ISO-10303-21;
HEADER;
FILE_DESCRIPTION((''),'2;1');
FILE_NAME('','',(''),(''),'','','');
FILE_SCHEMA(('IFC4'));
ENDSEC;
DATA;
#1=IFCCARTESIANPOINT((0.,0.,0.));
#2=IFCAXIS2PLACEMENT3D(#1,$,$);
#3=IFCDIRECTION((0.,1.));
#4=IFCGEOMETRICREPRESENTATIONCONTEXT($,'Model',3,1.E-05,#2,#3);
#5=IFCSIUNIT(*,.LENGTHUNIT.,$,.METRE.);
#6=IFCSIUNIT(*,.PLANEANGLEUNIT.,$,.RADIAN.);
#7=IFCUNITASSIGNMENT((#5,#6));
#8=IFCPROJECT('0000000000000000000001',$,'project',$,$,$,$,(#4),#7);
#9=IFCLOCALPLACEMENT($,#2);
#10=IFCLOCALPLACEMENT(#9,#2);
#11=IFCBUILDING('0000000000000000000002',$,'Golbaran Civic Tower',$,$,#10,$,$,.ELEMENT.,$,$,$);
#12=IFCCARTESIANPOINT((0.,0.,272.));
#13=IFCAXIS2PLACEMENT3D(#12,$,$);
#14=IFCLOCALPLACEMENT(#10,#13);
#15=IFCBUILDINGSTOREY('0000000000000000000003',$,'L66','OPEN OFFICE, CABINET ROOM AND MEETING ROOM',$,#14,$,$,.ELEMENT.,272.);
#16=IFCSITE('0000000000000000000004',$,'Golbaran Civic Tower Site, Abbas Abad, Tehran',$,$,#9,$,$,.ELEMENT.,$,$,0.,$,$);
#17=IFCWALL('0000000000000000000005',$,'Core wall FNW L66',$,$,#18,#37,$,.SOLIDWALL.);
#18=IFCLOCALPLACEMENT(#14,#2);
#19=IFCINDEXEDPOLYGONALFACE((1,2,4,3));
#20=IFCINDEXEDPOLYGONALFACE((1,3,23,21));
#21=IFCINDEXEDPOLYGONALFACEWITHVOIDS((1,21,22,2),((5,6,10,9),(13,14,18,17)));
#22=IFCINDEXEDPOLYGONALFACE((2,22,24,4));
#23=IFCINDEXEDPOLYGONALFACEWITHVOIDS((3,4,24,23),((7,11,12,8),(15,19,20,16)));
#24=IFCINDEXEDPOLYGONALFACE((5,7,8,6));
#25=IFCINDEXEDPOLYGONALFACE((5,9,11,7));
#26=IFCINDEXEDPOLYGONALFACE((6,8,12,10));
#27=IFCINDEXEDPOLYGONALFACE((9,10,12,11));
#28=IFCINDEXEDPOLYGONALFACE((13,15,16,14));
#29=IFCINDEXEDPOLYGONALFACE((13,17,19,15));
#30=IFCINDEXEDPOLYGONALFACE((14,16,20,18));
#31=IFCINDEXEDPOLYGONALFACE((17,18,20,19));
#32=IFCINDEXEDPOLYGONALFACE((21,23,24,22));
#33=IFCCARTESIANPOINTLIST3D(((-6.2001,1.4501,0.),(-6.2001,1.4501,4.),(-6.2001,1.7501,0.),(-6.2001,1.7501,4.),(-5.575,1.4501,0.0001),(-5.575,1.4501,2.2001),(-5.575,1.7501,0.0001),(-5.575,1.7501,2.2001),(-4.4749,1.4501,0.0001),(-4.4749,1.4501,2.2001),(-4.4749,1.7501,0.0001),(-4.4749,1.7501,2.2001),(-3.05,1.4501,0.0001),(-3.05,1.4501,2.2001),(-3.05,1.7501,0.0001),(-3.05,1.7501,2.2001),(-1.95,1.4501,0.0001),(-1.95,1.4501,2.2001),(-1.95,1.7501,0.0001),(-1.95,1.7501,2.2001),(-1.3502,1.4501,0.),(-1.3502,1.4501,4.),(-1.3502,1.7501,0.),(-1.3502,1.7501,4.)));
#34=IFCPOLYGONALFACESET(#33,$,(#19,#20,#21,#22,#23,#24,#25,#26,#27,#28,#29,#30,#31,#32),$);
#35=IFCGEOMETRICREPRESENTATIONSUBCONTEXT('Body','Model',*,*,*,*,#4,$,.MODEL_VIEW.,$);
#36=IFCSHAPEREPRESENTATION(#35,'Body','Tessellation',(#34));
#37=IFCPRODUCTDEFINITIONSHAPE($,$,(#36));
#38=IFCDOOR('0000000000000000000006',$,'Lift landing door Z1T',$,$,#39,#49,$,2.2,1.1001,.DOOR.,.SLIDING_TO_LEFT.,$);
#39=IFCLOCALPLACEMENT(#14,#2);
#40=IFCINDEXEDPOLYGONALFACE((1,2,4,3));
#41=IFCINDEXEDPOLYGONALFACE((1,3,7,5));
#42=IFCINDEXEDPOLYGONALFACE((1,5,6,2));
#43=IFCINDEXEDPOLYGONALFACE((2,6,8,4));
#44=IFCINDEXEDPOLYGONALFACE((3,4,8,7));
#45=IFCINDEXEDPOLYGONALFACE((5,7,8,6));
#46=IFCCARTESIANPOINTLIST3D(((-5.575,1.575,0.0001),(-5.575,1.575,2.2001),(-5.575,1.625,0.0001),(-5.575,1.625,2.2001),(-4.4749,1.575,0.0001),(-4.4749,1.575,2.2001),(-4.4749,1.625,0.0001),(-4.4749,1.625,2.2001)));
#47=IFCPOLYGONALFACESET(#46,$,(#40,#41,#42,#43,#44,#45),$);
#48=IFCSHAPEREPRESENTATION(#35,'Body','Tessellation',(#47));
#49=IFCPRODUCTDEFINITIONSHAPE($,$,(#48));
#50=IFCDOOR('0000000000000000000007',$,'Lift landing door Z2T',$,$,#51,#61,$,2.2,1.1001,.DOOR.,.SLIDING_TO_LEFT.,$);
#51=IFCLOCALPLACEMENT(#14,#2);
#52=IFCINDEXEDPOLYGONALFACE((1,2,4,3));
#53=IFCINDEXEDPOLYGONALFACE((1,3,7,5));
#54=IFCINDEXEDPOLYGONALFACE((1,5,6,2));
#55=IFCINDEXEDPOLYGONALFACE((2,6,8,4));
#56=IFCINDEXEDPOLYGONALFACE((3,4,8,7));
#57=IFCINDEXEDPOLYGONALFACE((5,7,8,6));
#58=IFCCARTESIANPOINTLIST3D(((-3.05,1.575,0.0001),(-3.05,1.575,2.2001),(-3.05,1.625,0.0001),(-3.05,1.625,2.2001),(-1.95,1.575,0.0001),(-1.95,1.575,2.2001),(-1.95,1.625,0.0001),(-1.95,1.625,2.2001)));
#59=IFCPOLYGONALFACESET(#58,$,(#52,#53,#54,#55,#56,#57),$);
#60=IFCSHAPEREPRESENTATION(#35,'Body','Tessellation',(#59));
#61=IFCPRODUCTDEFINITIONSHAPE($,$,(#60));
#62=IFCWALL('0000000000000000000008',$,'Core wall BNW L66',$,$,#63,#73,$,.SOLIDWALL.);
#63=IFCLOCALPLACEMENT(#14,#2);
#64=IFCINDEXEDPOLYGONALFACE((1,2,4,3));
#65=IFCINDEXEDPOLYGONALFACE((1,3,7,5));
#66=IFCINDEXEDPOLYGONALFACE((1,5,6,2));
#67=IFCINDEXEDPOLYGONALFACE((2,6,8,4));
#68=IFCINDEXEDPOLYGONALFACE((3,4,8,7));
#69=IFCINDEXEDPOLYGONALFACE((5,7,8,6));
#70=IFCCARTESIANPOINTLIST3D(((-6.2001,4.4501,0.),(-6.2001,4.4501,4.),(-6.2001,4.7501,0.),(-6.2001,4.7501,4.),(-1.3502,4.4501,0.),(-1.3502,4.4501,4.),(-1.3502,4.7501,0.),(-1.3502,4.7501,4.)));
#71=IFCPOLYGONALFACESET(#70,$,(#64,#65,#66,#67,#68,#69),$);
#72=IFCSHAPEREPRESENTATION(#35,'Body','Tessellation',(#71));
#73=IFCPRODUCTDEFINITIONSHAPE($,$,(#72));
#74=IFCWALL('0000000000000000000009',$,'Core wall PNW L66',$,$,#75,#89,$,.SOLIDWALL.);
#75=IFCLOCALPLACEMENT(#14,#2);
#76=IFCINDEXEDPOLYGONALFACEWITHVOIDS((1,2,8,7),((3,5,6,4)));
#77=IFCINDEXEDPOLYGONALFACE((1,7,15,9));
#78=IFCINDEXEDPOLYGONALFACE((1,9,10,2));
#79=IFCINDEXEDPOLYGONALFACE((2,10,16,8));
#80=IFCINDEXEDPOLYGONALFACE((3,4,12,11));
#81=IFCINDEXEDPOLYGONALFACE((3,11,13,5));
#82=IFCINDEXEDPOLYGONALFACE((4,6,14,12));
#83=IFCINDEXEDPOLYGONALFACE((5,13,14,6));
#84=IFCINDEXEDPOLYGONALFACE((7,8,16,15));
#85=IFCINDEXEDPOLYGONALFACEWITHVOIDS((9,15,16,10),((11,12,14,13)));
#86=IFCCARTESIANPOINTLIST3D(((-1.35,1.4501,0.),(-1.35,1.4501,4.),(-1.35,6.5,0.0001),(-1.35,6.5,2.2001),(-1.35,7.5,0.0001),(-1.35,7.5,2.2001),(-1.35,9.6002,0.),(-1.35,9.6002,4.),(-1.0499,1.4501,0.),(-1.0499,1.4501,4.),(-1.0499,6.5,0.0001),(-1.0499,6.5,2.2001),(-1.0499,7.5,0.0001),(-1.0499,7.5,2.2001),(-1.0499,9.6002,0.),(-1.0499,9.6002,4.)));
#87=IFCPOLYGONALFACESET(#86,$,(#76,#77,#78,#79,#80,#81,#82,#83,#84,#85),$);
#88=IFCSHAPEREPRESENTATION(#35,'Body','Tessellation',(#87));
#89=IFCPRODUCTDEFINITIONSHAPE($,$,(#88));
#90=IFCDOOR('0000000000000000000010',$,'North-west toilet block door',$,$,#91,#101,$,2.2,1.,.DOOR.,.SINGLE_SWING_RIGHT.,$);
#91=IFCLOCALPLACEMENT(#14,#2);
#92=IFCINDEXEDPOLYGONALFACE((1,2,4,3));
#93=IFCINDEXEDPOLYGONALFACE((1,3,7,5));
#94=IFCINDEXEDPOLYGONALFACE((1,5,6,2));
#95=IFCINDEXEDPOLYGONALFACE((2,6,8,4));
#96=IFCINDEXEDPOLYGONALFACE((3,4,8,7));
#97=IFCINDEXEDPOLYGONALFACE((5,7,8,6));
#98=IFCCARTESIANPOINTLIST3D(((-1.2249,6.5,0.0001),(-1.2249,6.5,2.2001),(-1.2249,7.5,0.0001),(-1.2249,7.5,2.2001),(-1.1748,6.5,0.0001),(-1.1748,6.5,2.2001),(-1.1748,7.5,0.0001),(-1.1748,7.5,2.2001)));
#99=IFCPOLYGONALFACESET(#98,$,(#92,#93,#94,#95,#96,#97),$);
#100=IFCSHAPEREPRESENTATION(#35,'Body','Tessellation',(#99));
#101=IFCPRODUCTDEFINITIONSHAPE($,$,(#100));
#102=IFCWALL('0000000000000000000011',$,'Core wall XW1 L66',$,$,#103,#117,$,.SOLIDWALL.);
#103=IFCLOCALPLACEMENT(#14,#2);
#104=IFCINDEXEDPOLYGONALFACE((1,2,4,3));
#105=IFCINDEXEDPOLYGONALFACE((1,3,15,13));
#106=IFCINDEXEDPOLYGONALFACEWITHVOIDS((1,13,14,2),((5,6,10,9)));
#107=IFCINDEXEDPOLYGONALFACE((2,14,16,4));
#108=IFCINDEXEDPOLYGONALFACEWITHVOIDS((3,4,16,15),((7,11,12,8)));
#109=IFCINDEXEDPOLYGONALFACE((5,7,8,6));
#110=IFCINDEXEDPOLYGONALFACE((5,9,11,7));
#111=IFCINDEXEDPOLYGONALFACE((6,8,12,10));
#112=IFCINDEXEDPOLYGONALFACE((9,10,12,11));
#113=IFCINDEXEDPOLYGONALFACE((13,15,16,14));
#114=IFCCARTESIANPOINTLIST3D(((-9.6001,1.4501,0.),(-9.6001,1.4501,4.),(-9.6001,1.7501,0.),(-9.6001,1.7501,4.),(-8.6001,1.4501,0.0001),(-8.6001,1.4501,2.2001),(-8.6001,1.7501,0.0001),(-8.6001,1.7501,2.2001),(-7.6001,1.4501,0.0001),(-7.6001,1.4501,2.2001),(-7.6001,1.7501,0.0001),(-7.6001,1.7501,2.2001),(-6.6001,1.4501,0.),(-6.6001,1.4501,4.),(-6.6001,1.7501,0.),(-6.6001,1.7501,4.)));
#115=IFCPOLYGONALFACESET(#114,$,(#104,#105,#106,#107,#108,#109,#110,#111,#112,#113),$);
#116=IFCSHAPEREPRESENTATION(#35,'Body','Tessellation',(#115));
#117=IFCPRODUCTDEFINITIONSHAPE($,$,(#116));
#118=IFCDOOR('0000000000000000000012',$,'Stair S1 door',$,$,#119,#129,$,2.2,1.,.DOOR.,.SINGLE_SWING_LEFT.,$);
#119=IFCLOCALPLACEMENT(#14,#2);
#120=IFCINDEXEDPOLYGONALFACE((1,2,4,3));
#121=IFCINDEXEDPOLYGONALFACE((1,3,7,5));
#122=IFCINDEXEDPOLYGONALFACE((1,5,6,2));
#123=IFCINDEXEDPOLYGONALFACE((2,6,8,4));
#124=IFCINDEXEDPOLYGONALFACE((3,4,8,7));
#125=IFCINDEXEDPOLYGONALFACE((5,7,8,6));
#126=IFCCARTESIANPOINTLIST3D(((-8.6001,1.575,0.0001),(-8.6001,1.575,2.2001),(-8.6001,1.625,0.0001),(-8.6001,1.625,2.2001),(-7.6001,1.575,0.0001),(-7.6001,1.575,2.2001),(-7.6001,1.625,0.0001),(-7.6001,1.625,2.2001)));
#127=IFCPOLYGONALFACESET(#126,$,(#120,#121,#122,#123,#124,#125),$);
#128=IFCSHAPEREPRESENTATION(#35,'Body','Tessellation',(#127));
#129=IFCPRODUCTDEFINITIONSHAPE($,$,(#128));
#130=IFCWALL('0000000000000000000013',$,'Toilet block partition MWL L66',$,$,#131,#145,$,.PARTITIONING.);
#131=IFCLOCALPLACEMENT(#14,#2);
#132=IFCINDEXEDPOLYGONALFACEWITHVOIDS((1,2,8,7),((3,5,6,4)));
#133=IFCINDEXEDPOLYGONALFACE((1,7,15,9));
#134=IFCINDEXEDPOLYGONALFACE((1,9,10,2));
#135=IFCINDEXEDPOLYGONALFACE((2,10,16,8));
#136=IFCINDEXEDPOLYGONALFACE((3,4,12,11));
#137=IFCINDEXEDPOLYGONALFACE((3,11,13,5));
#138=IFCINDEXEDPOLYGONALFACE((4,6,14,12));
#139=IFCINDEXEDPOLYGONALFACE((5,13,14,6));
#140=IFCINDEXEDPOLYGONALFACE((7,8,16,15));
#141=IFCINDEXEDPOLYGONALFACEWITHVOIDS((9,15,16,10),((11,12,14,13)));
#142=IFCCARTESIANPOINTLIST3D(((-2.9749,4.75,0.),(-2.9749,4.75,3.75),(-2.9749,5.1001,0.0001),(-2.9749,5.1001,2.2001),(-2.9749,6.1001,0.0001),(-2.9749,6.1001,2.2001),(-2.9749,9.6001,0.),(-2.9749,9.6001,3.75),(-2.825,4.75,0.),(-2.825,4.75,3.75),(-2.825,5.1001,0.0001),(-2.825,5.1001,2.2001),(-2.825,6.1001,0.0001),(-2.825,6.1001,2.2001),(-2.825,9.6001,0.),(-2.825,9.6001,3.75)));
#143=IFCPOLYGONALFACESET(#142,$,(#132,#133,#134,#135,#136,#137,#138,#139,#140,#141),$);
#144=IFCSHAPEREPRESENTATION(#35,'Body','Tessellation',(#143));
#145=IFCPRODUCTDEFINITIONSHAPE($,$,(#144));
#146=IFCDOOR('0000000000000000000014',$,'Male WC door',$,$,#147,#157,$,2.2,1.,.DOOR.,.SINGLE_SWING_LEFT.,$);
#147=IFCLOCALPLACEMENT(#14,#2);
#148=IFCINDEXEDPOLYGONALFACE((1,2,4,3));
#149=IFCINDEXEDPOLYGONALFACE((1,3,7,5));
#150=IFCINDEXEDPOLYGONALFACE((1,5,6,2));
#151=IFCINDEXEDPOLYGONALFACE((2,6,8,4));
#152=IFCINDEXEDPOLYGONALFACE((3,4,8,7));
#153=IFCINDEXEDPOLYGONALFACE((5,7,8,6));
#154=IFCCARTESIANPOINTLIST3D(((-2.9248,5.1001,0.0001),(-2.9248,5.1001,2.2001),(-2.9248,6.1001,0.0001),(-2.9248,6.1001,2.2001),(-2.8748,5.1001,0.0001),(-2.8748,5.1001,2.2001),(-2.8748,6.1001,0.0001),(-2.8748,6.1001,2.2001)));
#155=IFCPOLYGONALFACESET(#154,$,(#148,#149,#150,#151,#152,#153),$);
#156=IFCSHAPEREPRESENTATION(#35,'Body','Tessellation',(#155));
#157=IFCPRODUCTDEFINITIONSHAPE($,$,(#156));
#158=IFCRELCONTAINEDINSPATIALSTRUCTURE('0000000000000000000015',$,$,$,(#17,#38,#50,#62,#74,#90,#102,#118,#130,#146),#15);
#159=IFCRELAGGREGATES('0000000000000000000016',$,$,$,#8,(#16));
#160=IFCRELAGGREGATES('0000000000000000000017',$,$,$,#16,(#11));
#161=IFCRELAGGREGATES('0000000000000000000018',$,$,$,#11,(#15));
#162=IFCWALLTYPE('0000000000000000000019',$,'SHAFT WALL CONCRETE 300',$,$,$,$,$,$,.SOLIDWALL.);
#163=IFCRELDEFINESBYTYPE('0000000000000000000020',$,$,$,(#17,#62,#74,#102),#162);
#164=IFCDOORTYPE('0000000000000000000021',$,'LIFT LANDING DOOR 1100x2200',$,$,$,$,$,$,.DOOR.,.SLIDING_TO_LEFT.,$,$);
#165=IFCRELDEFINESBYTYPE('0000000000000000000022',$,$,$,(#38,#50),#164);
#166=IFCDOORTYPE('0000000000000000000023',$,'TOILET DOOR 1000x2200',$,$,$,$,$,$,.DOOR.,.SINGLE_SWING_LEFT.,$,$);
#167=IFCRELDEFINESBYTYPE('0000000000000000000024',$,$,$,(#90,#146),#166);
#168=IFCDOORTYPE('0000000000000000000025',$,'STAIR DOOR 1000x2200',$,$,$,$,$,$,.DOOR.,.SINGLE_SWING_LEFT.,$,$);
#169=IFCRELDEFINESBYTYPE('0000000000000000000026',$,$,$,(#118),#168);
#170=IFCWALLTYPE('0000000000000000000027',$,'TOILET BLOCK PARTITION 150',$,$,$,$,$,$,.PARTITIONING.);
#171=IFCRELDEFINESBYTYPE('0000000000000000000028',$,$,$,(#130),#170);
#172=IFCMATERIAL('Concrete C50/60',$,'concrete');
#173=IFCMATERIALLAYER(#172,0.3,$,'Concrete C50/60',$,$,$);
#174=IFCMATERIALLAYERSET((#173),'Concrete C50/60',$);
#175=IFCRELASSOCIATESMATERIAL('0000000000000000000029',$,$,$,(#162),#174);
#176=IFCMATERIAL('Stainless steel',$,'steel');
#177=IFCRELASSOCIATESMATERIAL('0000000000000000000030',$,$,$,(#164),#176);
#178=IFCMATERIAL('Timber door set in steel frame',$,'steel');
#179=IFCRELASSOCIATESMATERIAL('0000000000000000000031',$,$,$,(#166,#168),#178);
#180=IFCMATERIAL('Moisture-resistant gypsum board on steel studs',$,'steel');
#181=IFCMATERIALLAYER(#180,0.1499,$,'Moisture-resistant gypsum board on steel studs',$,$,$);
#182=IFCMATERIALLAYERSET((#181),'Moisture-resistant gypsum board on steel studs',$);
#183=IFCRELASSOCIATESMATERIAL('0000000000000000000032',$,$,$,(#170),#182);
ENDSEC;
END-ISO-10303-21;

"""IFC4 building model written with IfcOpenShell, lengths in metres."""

from ifc_helpers import new_model, si_unit, direction, frame, frame_2d, origin, place, context, subcontext, project, spatial, rectangle, extrude, material, layer, layer_set, type_object, element, fill, save


model = new_model("IFC4")

# Units and contexts
model_context = context("Model", 3, precision=1e-05, world=origin(), true_north=direction((0.0, 1.0)))
body_context = subcontext(model_context, "Body", "Model", "MODEL_VIEW")
ifc_project = project(units=[si_unit("LENGTHUNIT", "METRE"), si_unit("PLANEANGLEUNIT", "RADIAN")], contexts=[model_context])

# Site, building, storey
site_placement = place(None, origin())
site = spatial("IfcSite", under=ifc_project, at=site_placement, Name="Golbaran Civic Tower Site, Abbas Abad, Tehran", CompositionType="ELEMENT", RefElevation=0.0)
building_placement = place(site_placement, origin())
building = spatial("IfcBuilding", under=site, at=building_placement, Name="Golbaran Civic Tower", CompositionType="ELEMENT")
storey_placement = place(building_placement, frame((0.0, 0.0, 272.0)))
storey = spatial("IfcBuildingStorey", under=building, at=storey_placement, Name="L66", Description="OPEN OFFICE, CABINET ROOM AND MEETING ROOM", CompositionType="ELEMENT", Elevation=272.0)

# Shared definitions
ifc_material_1 = material(Name="Concrete C50/60", Category="concrete")

# Shared definitions
ifc_material_2 = material(Name="Timber door set in steel frame", Category="steel")

# Wall, openings, doors
ifc_layer_1 = layer(ifc_material_1, 0.3, Name="Concrete C50/60")
ifc_layer_set_1 = layer_set([ifc_layer_1], Name="Concrete C50/60")
wall_type_1 = type_object("IfcWallType", Name="SHAFT WALL CONCRETE 300", PredefinedType="SOLIDWALL", material=ifc_layer_set_1)
wall_1_placement = place(storey_placement, frame((-6.2, 1.6001, 0.0), z_axis=(0.0, 0.0, 1.0), x_axis=(1.0, 0.0, 0.0)))
wall_1 = element("IfcWall", 1, at=wall_1_placement, inside=storey, type_object=wall_type_1, Name="Core wall FNW L66", PredefinedType="SOLIDWALL", context=body_context, shape_type="SweptSolid", body=[
    extrude(rectangle(XDim=4.8499, YDim=0.3, at=frame_2d((2.4248, 0.0))), origin(), (0.0, 0.0, 1.0), 4.0),
])
opening_1_placement = place(wall_1_placement, frame((0.625, 0.0, 0.0)))
opening_1 = element("IfcOpeningElement", 2, at=opening_1_placement, cuts=wall_1, PredefinedType="OPENING", context=body_context, shape_type="SweptSolid", body=[
    extrude(rectangle(XDim=1.1001, YDim=2.2, at=frame_2d((0.55, 1.1001))), frame((0.0, 0.1599, 0.0), z_axis=(0.0, -1.0, 0.0), x_axis=(1.0, 0.0, 0.0)), (0.0, 0.0, 1.0), 0.3201),
])
opening_2_placement = place(wall_1_placement, frame((3.1499, 0.0, 0.0)))
opening_2 = element("IfcOpeningElement", 3, at=opening_2_placement, cuts=wall_1, PredefinedType="OPENING", context=body_context, shape_type="SweptSolid", body=[
    extrude(rectangle(XDim=1.1001, YDim=2.2, at=frame_2d((0.55, 1.1001))), frame((0.0, 0.1599, 0.0), z_axis=(0.0, -1.0, 0.0), x_axis=(1.0, 0.0, 0.0)), (0.0, 0.0, 1.0), 0.3201),
])
ifc_material_3 = material(Name="Stainless steel", Category="steel")
door_type_1 = type_object("IfcDoorType", Name="LIFT LANDING DOOR 1100x2200", OperationType="SLIDING_TO_LEFT", PredefinedType="DOOR", material=ifc_material_3)
door_1_placement = place(opening_1_placement, origin())
door_1 = element("IfcDoor", 4, at=door_1_placement, inside=storey, type_object=door_type_1, Name="Lift landing door Z1T", OperationType="SLIDING_TO_LEFT", OverallHeight=2.2, OverallWidth=1.1001, PredefinedType="DOOR", context=body_context, shape_type="SweptSolid", body=[
    extrude(rectangle(XDim=1.1001, YDim=2.2, at=frame_2d((0.55, 1.1001))), frame((0.0, 0.0249, 0.0), z_axis=(0.0, -1.0, 0.0), x_axis=(1.0, 0.0, 0.0)), (0.0, 0.0, 1.0), 0.05),
])
fill(opening_1, door_1)
door_2_placement = place(opening_2_placement, origin())
door_2 = element("IfcDoor", 5, at=door_2_placement, inside=storey, type_object=door_type_1, Name="Lift landing door Z2T", OperationType="SLIDING_TO_LEFT", OverallHeight=2.2, OverallWidth=1.1001, PredefinedType="DOOR", context=body_context, shape_type="SweptSolid", body=[
    extrude(rectangle(XDim=1.1001, YDim=2.2, at=frame_2d((0.55, 1.1001))), frame((0.0, 0.0249, 0.0), z_axis=(0.0, -1.0, 0.0), x_axis=(1.0, 0.0, 0.0)), (0.0, 0.0, 1.0), 0.05),
])
fill(opening_2, door_2)

# Wall
wall_2_placement = place(storey_placement, frame((-6.2, 4.6001, 0.0), z_axis=(0.0, 0.0, 1.0), x_axis=(1.0, 0.0, 0.0)))
element("IfcWall", 6, at=wall_2_placement, inside=storey, type_object=wall_type_1, Name="Core wall BNW L66", PredefinedType="SOLIDWALL", context=body_context, shape_type="SweptSolid", body=[
    extrude(rectangle(XDim=4.8499, YDim=0.3, at=frame_2d((2.4248, 0.0))), origin(), (0.0, 0.0, 1.0), 4.0),
])

# Walls, openings, doors
wall_3_placement = place(storey_placement, frame((-1.2, 1.45, 0.0), z_axis=(0.0, 0.0, 1.0), x_axis=(0.0, 1.0, 0.0)))
wall_3 = element("IfcWall", 7, at=wall_3_placement, inside=storey, type_object=wall_type_1, Name="Core wall PNW L66", PredefinedType="SOLIDWALL", context=body_context, shape_type="SweptSolid", body=[
    extrude(rectangle(XDim=8.1501, YDim=0.3, at=frame_2d((4.0752, 0.0))), origin(), (0.0, 0.0, 1.0), 4.0),
])
opening_3_placement = place(wall_3_placement, frame((5.05, 0.0, 0.0)))
opening_3 = element("IfcOpeningElement", 8, at=opening_3_placement, cuts=wall_3, PredefinedType="OPENING", context=body_context, shape_type="SweptSolid", body=[
    extrude(rectangle(XDim=1.0, YDim=2.2, at=frame_2d((0.5, 1.1001))), frame((0.0, 0.1599, 0.0), z_axis=(0.0, -1.0, 0.0), x_axis=(1.0, 0.0, 0.0)), (0.0, 0.0, 1.0), 0.3201),
])
door_type_2 = type_object("IfcDoorType", Name="TOILET DOOR 1000x2200", OperationType="SINGLE_SWING_LEFT", PredefinedType="DOOR", material=ifc_material_2)
door_3_placement = place(opening_3_placement, origin())
door_3 = element("IfcDoor", 9, at=door_3_placement, inside=storey, type_object=door_type_2, Name="North-west toilet block door", OperationType="SINGLE_SWING_RIGHT", OverallHeight=2.2, OverallWidth=1.0, PredefinedType="DOOR", context=body_context, shape_type="SweptSolid", body=[
    extrude(rectangle(XDim=1.0, YDim=2.2, at=frame_2d((0.5, 1.1001))), frame((0.0, 0.0249, 0.0), z_axis=(0.0, -1.0, 0.0), x_axis=(1.0, 0.0, 0.0)), (0.0, 0.0, 1.0), 0.05),
])
fill(opening_3, door_3)
wall_4_placement = place(storey_placement, frame((-9.6001, 1.6001, 0.0), z_axis=(0.0, 0.0, 1.0), x_axis=(1.0, 0.0, 0.0)))
wall_4 = element("IfcWall", 10, at=wall_4_placement, inside=storey, type_object=wall_type_1, Name="Core wall XW1 L66", PredefinedType="SOLIDWALL", context=body_context, shape_type="SweptSolid", body=[
    extrude(rectangle(XDim=3.0, YDim=0.3, at=frame_2d((1.5, 0.0))), origin(), (0.0, 0.0, 1.0), 4.0),
])
opening_4_placement = place(wall_4_placement, frame((1.0, 0.0, 0.0)))
opening_4 = element("IfcOpeningElement", 11, at=opening_4_placement, cuts=wall_4, PredefinedType="OPENING", context=body_context, shape_type="SweptSolid", body=[
    extrude(rectangle(XDim=1.0, YDim=2.2, at=frame_2d((0.5, 1.1001))), frame((0.0, 0.1599, 0.0), z_axis=(0.0, -1.0, 0.0), x_axis=(1.0, 0.0, 0.0)), (0.0, 0.0, 1.0), 0.3201),
])
door_type_3 = type_object("IfcDoorType", Name="STAIR DOOR 1000x2200", OperationType="SINGLE_SWING_LEFT", PredefinedType="DOOR", material=ifc_material_2)
door_4_placement = place(opening_4_placement, origin())
door_4 = element("IfcDoor", 12, at=door_4_placement, inside=storey, type_object=door_type_3, Name="Stair S1 door", OperationType="SINGLE_SWING_LEFT", OverallHeight=2.2, OverallWidth=1.0, PredefinedType="DOOR", context=body_context, shape_type="SweptSolid", body=[
    extrude(rectangle(XDim=1.0, YDim=2.2, at=frame_2d((0.5, 1.1001))), frame((0.0, 0.0249, 0.0), z_axis=(0.0, -1.0, 0.0), x_axis=(1.0, 0.0, 0.0)), (0.0, 0.0, 1.0), 0.05),
])
fill(opening_4, door_4)
ifc_material_4 = material(Name="Moisture-resistant gypsum board on steel studs", Category="steel")
ifc_layer_2 = layer(ifc_material_4, 0.1499, Name="Moisture-resistant gypsum board on steel studs")
ifc_layer_set_2 = layer_set([ifc_layer_2], Name="Moisture-resistant gypsum board on steel studs")
wall_type_2 = type_object("IfcWallType", Name="TOILET BLOCK PARTITION 150", PredefinedType="PARTITIONING", material=ifc_layer_set_2)
wall_5_placement = place(storey_placement, frame((-2.8999, 4.75, 0.0), z_axis=(0.0, 0.0, 1.0), x_axis=(0.0, 1.0, 0.0)))
wall_5 = element("IfcWall", 13, at=wall_5_placement, inside=storey, type_object=wall_type_2, Name="Toilet block partition MWL L66", PredefinedType="PARTITIONING", context=body_context, shape_type="SweptSolid", body=[
    extrude(rectangle(XDim=4.8501, YDim=0.1499, at=frame_2d((2.425, 0.0))), origin(), (0.0, 0.0, 1.0), 3.75),
])
opening_5_placement = place(wall_5_placement, frame((0.3501, 0.0, 0.0)))
opening_5 = element("IfcOpeningElement", 14, at=opening_5_placement, cuts=wall_5, PredefinedType="OPENING", context=body_context, shape_type="SweptSolid", body=[
    extrude(rectangle(XDim=1.0, YDim=2.2, at=frame_2d((0.5, 1.1001))), frame((0.0, 0.085, 0.0), z_axis=(0.0, -1.0, 0.0), x_axis=(1.0, 0.0, 0.0)), (0.0, 0.0, 1.0), 0.1699),
])
door_5_placement = place(opening_5_placement, origin())
door_5 = element("IfcDoor", 15, at=door_5_placement, inside=storey, type_object=door_type_2, Name="Male WC door", OperationType="SINGLE_SWING_LEFT", OverallHeight=2.2, OverallWidth=1.0, PredefinedType="DOOR", context=body_context, shape_type="SweptSolid", body=[
    extrude(rectangle(XDim=1.0, YDim=2.2, at=frame_2d((0.5, 1.1001))), frame((0.0, 0.0249, 0.0), z_axis=(0.0, -1.0, 0.0), x_axis=(1.0, 0.0, 0.0)), (0.0, 0.0, 1.0), 0.05),
])
fill(opening_5, door_5)

save(model, "model.ifc")
